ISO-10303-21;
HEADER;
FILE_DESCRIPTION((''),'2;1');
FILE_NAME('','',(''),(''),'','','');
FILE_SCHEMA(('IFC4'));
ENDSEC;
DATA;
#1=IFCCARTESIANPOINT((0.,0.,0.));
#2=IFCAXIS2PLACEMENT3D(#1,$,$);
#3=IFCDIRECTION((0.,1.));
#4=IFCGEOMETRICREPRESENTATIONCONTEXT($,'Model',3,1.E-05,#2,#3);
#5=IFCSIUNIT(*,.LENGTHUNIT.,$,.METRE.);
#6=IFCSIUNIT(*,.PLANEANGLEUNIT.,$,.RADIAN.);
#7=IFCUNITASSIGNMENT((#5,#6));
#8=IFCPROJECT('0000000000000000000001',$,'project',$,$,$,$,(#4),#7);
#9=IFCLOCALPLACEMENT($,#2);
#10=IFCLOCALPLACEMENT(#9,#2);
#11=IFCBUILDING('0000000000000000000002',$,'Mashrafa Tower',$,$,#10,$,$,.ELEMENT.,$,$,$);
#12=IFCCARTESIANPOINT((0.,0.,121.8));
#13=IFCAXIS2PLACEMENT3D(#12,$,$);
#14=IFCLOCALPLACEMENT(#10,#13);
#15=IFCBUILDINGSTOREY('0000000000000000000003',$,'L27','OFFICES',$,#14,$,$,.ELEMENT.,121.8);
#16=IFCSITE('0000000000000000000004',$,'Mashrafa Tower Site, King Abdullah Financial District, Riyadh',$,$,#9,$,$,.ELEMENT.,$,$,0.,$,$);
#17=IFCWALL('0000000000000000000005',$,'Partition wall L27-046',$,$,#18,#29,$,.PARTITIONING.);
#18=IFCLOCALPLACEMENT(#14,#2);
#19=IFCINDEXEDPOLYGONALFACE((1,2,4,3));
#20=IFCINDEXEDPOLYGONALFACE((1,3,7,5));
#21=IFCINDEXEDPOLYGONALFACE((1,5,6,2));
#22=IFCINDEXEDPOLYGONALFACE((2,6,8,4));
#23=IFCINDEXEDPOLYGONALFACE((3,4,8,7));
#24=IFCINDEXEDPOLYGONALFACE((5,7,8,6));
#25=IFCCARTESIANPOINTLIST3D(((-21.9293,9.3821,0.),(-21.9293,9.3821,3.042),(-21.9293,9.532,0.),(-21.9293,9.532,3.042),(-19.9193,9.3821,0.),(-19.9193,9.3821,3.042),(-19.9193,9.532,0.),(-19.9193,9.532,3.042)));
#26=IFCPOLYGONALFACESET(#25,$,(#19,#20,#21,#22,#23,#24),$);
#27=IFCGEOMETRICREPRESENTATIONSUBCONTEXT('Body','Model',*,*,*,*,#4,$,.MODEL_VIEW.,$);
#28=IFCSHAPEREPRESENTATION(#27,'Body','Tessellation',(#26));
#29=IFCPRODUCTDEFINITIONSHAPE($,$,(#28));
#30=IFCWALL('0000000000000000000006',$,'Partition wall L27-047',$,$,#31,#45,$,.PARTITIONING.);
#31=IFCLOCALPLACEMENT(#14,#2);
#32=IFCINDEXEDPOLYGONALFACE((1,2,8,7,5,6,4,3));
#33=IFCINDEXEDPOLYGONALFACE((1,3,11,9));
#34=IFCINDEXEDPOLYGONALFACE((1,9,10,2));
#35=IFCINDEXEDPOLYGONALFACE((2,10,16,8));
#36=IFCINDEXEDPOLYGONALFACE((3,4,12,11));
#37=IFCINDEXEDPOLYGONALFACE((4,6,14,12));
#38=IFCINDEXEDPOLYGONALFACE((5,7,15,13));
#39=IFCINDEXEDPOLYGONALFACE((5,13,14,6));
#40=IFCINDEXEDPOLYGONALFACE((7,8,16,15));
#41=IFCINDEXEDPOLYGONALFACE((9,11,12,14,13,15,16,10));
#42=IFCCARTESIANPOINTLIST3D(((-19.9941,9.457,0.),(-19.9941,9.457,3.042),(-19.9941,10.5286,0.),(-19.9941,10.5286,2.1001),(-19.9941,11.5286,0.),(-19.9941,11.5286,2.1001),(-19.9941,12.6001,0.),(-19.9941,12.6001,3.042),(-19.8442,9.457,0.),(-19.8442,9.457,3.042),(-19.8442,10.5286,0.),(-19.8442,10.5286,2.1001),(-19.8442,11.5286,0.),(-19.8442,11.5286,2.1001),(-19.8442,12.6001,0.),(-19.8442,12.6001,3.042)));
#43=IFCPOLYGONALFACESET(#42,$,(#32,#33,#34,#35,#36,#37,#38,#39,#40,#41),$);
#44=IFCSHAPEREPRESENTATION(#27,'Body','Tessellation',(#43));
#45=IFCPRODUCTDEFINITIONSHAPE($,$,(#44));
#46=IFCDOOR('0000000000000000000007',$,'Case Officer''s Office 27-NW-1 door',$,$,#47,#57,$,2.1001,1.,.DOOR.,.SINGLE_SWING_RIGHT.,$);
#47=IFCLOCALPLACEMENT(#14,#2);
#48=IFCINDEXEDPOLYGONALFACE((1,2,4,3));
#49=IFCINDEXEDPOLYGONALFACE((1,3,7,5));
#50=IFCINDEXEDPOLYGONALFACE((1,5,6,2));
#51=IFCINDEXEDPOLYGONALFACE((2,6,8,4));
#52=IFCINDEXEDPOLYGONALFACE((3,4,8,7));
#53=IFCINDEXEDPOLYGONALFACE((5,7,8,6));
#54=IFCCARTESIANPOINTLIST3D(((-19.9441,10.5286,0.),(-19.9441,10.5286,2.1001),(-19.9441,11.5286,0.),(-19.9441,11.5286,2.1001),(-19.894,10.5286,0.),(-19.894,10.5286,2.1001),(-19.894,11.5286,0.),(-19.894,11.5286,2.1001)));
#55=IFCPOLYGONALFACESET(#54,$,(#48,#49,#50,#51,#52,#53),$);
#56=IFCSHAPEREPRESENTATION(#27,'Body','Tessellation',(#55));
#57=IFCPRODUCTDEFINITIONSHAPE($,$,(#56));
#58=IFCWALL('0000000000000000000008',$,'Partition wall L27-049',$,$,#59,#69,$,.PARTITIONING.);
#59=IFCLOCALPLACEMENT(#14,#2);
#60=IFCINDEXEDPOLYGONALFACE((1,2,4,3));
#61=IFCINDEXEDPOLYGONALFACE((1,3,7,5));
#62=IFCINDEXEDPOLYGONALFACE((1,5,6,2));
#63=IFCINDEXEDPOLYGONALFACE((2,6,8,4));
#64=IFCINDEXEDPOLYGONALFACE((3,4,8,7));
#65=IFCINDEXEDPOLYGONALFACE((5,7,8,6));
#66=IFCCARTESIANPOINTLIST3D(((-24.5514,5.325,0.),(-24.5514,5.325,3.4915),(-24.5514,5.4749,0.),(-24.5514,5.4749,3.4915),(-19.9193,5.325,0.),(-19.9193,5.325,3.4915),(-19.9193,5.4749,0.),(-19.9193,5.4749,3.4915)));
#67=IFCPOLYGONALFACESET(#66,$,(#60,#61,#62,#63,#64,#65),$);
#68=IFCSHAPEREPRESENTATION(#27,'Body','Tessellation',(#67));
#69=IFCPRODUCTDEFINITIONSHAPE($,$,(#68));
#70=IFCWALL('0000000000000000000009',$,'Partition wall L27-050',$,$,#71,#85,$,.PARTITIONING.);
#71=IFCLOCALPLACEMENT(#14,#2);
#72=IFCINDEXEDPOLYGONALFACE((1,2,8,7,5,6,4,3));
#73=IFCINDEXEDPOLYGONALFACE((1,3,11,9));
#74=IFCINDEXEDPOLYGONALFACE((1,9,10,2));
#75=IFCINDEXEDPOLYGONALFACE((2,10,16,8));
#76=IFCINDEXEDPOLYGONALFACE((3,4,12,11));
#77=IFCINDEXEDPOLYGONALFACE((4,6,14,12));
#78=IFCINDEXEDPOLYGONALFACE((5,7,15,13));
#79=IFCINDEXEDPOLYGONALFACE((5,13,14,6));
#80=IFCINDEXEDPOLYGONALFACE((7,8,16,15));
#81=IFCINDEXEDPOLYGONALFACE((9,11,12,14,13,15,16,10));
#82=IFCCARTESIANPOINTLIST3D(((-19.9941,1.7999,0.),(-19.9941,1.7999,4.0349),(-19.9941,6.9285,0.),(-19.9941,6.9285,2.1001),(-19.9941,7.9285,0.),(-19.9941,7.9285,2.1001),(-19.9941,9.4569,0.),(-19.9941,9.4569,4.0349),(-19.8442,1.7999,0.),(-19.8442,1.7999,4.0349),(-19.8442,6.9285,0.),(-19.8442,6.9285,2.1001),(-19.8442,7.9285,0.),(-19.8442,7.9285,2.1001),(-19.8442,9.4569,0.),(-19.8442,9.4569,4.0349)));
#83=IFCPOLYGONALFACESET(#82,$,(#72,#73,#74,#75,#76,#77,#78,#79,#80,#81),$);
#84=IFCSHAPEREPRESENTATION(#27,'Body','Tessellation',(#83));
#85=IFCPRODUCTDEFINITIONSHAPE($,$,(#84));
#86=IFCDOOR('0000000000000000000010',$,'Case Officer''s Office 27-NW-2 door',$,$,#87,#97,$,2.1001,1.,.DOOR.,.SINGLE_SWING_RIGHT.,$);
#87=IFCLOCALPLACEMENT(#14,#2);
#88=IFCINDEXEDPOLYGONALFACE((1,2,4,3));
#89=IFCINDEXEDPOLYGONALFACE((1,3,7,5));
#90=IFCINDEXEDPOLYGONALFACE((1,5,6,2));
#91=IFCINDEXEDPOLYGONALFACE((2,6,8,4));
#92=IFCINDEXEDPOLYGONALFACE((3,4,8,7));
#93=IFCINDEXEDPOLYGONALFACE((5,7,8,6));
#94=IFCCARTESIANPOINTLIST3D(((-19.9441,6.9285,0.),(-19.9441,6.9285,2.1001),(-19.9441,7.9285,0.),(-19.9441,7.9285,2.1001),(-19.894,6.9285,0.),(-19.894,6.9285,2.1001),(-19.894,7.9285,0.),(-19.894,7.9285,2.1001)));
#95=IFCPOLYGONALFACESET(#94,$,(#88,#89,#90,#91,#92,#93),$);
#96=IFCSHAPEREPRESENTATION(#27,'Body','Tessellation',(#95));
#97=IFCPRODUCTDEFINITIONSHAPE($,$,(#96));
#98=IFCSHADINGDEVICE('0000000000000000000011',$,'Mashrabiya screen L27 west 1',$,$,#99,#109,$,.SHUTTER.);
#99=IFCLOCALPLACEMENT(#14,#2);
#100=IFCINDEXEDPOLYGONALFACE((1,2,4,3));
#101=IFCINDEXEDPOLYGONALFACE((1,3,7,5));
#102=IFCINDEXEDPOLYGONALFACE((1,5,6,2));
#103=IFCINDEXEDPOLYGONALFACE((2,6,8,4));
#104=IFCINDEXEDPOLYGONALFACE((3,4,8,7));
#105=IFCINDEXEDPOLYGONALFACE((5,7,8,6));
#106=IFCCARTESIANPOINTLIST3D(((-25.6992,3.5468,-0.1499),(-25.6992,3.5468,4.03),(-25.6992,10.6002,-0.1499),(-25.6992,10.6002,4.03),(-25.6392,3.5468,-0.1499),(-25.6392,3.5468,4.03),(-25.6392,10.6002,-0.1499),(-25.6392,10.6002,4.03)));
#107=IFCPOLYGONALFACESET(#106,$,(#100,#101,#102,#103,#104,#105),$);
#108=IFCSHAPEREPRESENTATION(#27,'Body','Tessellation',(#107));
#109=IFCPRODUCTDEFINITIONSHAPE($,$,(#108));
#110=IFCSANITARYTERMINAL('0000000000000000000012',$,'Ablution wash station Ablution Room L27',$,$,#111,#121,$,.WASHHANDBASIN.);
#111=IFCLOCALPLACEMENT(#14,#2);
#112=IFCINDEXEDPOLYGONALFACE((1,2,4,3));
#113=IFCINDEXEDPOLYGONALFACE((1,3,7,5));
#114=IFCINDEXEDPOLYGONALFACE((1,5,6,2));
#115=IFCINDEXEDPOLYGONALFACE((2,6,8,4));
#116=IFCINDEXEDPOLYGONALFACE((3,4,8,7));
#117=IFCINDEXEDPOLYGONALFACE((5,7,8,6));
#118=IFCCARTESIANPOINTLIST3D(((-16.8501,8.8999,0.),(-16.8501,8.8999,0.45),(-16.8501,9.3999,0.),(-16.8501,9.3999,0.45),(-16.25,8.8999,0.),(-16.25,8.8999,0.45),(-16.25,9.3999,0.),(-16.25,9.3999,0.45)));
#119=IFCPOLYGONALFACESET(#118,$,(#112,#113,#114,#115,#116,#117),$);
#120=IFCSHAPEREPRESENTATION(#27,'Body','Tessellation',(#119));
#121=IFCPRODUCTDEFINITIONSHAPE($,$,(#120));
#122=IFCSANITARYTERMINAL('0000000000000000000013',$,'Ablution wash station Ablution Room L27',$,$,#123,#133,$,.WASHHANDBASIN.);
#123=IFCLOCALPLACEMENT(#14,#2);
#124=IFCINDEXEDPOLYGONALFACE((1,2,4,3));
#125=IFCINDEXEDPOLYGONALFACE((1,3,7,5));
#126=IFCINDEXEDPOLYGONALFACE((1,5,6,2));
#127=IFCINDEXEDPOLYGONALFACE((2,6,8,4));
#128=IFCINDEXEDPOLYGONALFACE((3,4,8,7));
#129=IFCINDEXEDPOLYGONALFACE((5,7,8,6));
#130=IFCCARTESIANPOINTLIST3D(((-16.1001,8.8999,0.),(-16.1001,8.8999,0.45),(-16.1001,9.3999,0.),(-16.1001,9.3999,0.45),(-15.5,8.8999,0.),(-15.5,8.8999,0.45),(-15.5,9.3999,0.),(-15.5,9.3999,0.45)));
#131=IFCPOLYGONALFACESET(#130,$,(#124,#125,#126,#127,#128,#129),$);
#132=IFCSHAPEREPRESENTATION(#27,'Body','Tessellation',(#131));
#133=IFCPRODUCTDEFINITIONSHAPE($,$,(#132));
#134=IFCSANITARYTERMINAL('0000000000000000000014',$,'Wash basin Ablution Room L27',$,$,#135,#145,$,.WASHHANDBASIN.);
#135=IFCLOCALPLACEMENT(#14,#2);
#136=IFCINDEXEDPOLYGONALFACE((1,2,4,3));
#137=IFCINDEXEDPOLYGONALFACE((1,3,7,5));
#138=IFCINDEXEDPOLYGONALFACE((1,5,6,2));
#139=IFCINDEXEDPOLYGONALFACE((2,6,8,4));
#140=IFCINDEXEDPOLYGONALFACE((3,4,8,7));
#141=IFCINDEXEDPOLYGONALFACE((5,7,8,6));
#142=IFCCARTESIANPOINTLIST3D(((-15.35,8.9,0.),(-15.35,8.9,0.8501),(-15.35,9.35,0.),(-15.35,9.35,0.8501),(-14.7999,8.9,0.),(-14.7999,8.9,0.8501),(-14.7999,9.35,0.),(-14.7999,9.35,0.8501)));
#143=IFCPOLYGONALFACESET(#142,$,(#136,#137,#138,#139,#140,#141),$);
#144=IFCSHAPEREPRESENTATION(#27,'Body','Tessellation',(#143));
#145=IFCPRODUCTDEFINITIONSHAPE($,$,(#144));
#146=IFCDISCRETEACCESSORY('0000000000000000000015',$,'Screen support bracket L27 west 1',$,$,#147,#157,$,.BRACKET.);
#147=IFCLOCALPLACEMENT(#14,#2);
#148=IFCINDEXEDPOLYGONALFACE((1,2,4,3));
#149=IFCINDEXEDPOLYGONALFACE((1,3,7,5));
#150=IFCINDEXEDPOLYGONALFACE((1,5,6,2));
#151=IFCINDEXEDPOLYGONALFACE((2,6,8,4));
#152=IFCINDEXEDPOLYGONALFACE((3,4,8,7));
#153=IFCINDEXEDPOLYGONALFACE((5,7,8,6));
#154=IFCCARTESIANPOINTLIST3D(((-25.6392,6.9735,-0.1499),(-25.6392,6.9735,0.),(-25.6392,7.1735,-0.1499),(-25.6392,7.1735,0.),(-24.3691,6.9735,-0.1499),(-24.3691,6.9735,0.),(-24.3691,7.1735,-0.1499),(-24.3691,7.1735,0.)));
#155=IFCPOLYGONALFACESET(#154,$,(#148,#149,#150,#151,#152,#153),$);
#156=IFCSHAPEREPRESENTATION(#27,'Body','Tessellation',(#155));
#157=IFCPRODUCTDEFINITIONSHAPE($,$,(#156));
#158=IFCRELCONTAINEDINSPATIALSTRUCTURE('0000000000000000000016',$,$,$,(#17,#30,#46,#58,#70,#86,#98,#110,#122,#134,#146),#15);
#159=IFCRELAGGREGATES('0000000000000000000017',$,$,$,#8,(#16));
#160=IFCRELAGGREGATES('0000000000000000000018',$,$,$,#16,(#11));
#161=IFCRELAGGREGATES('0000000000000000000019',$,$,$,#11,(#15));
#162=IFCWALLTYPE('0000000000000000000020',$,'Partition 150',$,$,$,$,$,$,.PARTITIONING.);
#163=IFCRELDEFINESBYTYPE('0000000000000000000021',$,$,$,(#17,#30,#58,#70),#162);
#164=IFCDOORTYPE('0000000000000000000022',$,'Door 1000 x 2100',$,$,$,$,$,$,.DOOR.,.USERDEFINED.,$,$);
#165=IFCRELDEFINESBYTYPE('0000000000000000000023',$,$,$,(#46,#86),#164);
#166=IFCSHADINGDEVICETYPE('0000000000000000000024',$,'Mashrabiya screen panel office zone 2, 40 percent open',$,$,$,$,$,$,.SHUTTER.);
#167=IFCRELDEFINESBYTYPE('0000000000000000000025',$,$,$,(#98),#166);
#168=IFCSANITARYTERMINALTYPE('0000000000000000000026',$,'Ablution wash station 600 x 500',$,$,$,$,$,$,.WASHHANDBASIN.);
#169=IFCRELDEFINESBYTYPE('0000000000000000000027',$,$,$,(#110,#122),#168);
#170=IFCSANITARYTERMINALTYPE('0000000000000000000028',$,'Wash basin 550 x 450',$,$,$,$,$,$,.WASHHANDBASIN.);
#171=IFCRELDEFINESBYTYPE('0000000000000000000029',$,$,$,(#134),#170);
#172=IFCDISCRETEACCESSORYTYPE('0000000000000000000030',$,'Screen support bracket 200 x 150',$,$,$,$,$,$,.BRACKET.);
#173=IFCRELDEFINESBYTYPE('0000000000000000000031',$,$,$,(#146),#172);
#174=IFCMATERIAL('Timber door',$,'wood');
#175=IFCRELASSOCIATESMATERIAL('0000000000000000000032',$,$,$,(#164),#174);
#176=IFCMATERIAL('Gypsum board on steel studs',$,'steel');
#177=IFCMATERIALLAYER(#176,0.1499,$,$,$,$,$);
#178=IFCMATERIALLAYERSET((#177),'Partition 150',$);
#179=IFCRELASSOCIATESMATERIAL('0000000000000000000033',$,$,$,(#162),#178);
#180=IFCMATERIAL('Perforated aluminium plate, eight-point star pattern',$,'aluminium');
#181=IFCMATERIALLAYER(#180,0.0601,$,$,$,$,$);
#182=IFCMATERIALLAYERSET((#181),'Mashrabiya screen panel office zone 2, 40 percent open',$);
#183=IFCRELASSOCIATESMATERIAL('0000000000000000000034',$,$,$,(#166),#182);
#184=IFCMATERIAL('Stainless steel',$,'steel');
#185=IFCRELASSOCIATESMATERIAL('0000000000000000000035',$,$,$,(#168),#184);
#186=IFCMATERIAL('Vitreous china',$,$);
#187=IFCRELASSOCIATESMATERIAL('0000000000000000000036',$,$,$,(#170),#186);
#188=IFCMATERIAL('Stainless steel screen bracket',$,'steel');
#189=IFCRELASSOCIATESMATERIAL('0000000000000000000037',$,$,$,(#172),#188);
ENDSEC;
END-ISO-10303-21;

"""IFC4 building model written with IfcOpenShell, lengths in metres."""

from ifc_helpers import new_model, si_unit, direction, frame, frame_2d, origin, origin_2d, place, context, subcontext, project, spatial, rectangle, extrude, source, transform, mapped, material, layer, layer_set, type_object, type_shapes, element, fill, save


model = new_model("IFC4")

# Units and contexts
model_context = context("Model", 3, precision=1e-05, world=origin(), true_north=direction((0.0, 1.0)))
body_context = subcontext(model_context, "Body", "Model", "MODEL_VIEW")
ifc_project = project(units=[si_unit("LENGTHUNIT", "METRE"), si_unit("PLANEANGLEUNIT", "RADIAN")], contexts=[model_context])

# Site, building, storey
site_placement = place(None, origin())
site = spatial("IfcSite", under=ifc_project, at=site_placement, Name="Mashrafa Tower Site, King Abdullah Financial District, Riyadh", CompositionType="ELEMENT", RefElevation=0.0)
building_placement = place(site_placement, origin())
building = spatial("IfcBuilding", under=site, at=building_placement, Name="Mashrafa Tower", CompositionType="ELEMENT")
storey_placement = place(building_placement, frame((0.0, 0.0, 121.8)))
storey = spatial("IfcBuildingStorey", under=building, at=storey_placement, Name="L27", Description="OFFICES", CompositionType="ELEMENT", Elevation=121.8)

# Shared definitions
ifc_material_1 = material(Name="Timber door", Category="wood")
door_type = type_object("IfcDoorType", Name="Door 1000 x 2100", OperationType="USERDEFINED", PredefinedType="DOOR", material=ifc_material_1)

# Wall
ifc_material_2 = material(Name="Gypsum board on steel studs", Category="steel")
ifc_layer_1 = layer(ifc_material_2, 0.1499)
ifc_layer_set_1 = layer_set([ifc_layer_1], Name="Partition 150")
wall_type_1 = type_object("IfcWallType", Name="Partition 150", PredefinedType="PARTITIONING", material=ifc_layer_set_1)
wall_1_placement = place(storey_placement, frame((-21.9292, 9.457, 0.0), z_axis=(0.0, 0.0, 1.0), x_axis=(1.0, 0.0, 0.0)))
element("IfcWall", 1, at=wall_1_placement, inside=storey, type_object=wall_type_1, Name="Partition wall L27-046", PredefinedType="PARTITIONING", context=body_context, shape_type="SweptSolid", body=[
    extrude(rectangle(XDim=2.01, YDim=0.1499, at=frame_2d((1.0049, 0.0))), origin(), (0.0, 0.0, 1.0), 3.042),
])

# Wall, opening, door
wall_2_placement = place(storey_placement, frame((-19.9192, 9.457, 0.0), z_axis=(0.0, 0.0, 1.0), x_axis=(0.0, 1.0, 0.0)))
wall_2 = element("IfcWall", 2, at=wall_2_placement, inside=storey, type_object=wall_type_1, Name="Partition wall L27-047", PredefinedType="PARTITIONING", context=body_context, shape_type="SweptSolid", body=[
    extrude(rectangle(XDim=3.1431, YDim=0.1499, at=frame_2d((1.5715, 0.0))), origin(), (0.0, 0.0, 1.0), 3.042),
])
opening_1_placement = place(wall_2_placement, frame((1.0715, 0.0, 0.0)))
opening_1 = element("IfcOpeningElement", 3, at=opening_1_placement, cuts=wall_2, PredefinedType="OPENING", context=body_context, shape_type="SweptSolid", body=[
    extrude(rectangle(XDim=1.0, YDim=2.1001, at=frame_2d((0.5, 1.05))), frame((0.0, 0.085, 0.0), z_axis=(0.0, -1.0, 0.0), x_axis=(1.0, 0.0, 0.0)), (0.0, 0.0, 1.0), 0.1699),
])
door_1_placement = place(opening_1_placement, origin())
door_1 = element("IfcDoor", 4, at=door_1_placement, inside=storey, type_object=door_type, Name="Case Officer's Office 27-NW-1 door", OperationType="SINGLE_SWING_RIGHT", OverallHeight=2.1001, OverallWidth=1.0, PredefinedType="DOOR", context=body_context, shape_type="SweptSolid", body=[
    extrude(rectangle(XDim=1.0, YDim=2.1001, at=frame_2d((0.5, 1.05))), frame((0.0, 0.0249, 0.0), z_axis=(0.0, -1.0, 0.0), x_axis=(1.0, 0.0, 0.0)), (0.0, 0.0, 1.0), 0.05),
])
fill(opening_1, door_1)

# Wall
wall_3_placement = place(storey_placement, frame((-24.5513, 5.3999, 0.0), z_axis=(0.0, 0.0, 1.0), x_axis=(1.0, 0.0, 0.0)))
element("IfcWall", 5, at=wall_3_placement, inside=storey, type_object=wall_type_1, Name="Partition wall L27-049", PredefinedType="PARTITIONING", context=body_context, shape_type="SweptSolid", body=[
    extrude(rectangle(XDim=4.6321, YDim=0.1499, at=frame_2d((2.3159, 0.0))), origin(), (0.0, 0.0, 1.0), 3.4915),
])

# Wall, opening, door
wall_4_placement = place(storey_placement, frame((-19.9192, 9.457, 0.0), z_axis=(0.0, 0.0, 1.0), x_axis=(0.0, -1.0, 0.0)))
wall_4 = element("IfcWall", 6, at=wall_4_placement, inside=storey, type_object=wall_type_1, Name="Partition wall L27-050", PredefinedType="PARTITIONING", context=body_context, shape_type="SweptSolid", body=[
    extrude(rectangle(XDim=7.657, YDim=0.1499, at=frame_2d((3.8286, 0.0))), origin(), (0.0, 0.0, 1.0), 4.0349),
])
opening_2_placement = place(wall_4_placement, frame((1.5286, 0.0, 0.0)))
opening_2 = element("IfcOpeningElement", 7, at=opening_2_placement, cuts=wall_4, PredefinedType="OPENING", context=body_context, shape_type="SweptSolid", body=[
    extrude(rectangle(XDim=1.0, YDim=2.1001, at=frame_2d((0.5, 1.05))), frame((0.0, 0.085, 0.0), z_axis=(0.0, -1.0, 0.0), x_axis=(1.0, 0.0, 0.0)), (0.0, 0.0, 1.0), 0.1699),
])
door_2_placement = place(opening_2_placement, frame((1.0, 0.0, 0.0), z_axis=(0.0, 0.0, 1.0), x_axis=(-1.0, 0.0, 0.0)))
door_2 = element("IfcDoor", 8, at=door_2_placement, inside=storey, type_object=door_type, Name="Case Officer's Office 27-NW-2 door", OperationType="SINGLE_SWING_RIGHT", OverallHeight=2.1001, OverallWidth=1.0, PredefinedType="DOOR", context=body_context, shape_type="SweptSolid", body=[
    extrude(rectangle(XDim=1.0, YDim=2.1001, at=frame_2d((0.5, 1.05))), frame((0.0, 0.0249, 0.0), z_axis=(0.0, -1.0, 0.0), x_axis=(1.0, 0.0, 0.0)), (0.0, 0.0, 1.0), 0.05),
])
fill(opening_2, door_2)

# Shading device
ifc_material_3 = material(Name="Perforated aluminium plate, eight-point star pattern", Category="aluminium")
ifc_layer_2 = layer(ifc_material_3, 0.0601)
ifc_layer_set_2 = layer_set([ifc_layer_2], Name="Mashrabiya screen panel office zone 2, 40 percent open")
shading_device_type = type_object("IfcShadingDeviceType", Name="Mashrabiya screen panel office zone 2, 40 percent open", PredefinedType="SHUTTER", material=ifc_layer_set_2)
shared_shape_1 = source(origin(), body_context, "Body", "SweptSolid", [
    extrude(rectangle(XDim=7.0535, YDim=0.0601, at=origin_2d()), origin(), (0.0, 0.0, 1.0), 4.1799),
])
type_shapes(shading_device_type, [shared_shape_1])
shading_device_placement = place(storey_placement, frame((-25.6692, 7.0735, -0.1499), z_axis=(0.0, 0.0, 1.0), x_axis=(0.0, -1.0, 0.0)))
element("IfcShadingDevice", 9, at=shading_device_placement, inside=storey, type_object=shading_device_type, Name="Mashrabiya screen L27 west 1", PredefinedType="SHUTTER", context=body_context, shape_type="MappedRepresentation", body=[
    mapped(shared_shape_1, transform((0.0, 0.0, 0.0))),
])

# Sanitary terminals
ifc_material_4 = material(Name="Stainless steel", Category="steel")
sanitary_terminal_type_1 = type_object("IfcSanitaryTerminalType", Name="Ablution wash station 600 x 500", PredefinedType="WASHHANDBASIN", material=ifc_material_4)
for number, where, z_axis, x_axis, name in (
    (10, (-16.55, 9.1499, 0.0), (0.0, 0.0, 1.0), (1.0, 0.0, 0.0), "Ablution wash station Ablution Room L27"),
    (11, (-15.8, 9.1499, 0.0), (0.0, 0.0, 1.0), (1.0, 0.0, 0.0), "Ablution wash station Ablution Room L27"),
):
    element("IfcSanitaryTerminal", number, at=place(storey_placement, frame(where, z_axis=z_axis, x_axis=x_axis)), inside=storey, type_object=sanitary_terminal_type_1, Name=name, PredefinedType="WASHHANDBASIN", context=body_context, shape_type="SweptSolid", body=[
        extrude(rectangle(XDim=0.6001, YDim=0.5, at=origin_2d()), origin(), (0.0, 0.0, 1.0), 0.45),
    ])
ifc_material_5 = material(Name="Vitreous china")
sanitary_terminal_type_2 = type_object("IfcSanitaryTerminalType", Name="Wash basin 550 x 450", PredefinedType="WASHHANDBASIN", material=ifc_material_5)
sanitary_terminal_placement = place(storey_placement, frame((-15.075, 9.125, 0.0), z_axis=(0.0, 0.0, 1.0), x_axis=(1.0, 0.0, 0.0)))
element("IfcSanitaryTerminal", 12, at=sanitary_terminal_placement, inside=storey, type_object=sanitary_terminal_type_2, Name="Wash basin Ablution Room L27", PredefinedType="WASHHANDBASIN", context=body_context, shape_type="SweptSolid", body=[
    extrude(rectangle(XDim=0.55, YDim=0.45, at=origin_2d()), origin(), (0.0, 0.0, 1.0), 0.8501),
])

# Discrete accessory
ifc_material_6 = material(Name="Stainless steel screen bracket", Category="steel")
discrete_accessory_type = type_object("IfcDiscreteAccessoryType", Name="Screen support bracket 200 x 150", PredefinedType="BRACKET", material=ifc_material_6)
shared_shape_2 = source(origin(), body_context, "Body", "SweptSolid", [
    extrude(rectangle(XDim=0.2, YDim=1.27, at=origin_2d()), origin(), (0.0, 0.0, 1.0), 0.1499),
])
type_shapes(discrete_accessory_type, [shared_shape_2])
discrete_accessory_placement = place(storey_placement, frame((-25.0042, 7.0735, -0.1499), z_axis=(0.0, 0.0, 1.0), x_axis=(0.0, -1.0, 0.0)))
element("IfcDiscreteAccessory", 13, at=discrete_accessory_placement, inside=storey, type_object=discrete_accessory_type, Name="Screen support bracket L27 west 1", PredefinedType="BRACKET", context=body_context, shape_type="MappedRepresentation", body=[
    mapped(shared_shape_2, transform((0.0, 0.0, 0.0))),
])

save(model, "model.ifc")
